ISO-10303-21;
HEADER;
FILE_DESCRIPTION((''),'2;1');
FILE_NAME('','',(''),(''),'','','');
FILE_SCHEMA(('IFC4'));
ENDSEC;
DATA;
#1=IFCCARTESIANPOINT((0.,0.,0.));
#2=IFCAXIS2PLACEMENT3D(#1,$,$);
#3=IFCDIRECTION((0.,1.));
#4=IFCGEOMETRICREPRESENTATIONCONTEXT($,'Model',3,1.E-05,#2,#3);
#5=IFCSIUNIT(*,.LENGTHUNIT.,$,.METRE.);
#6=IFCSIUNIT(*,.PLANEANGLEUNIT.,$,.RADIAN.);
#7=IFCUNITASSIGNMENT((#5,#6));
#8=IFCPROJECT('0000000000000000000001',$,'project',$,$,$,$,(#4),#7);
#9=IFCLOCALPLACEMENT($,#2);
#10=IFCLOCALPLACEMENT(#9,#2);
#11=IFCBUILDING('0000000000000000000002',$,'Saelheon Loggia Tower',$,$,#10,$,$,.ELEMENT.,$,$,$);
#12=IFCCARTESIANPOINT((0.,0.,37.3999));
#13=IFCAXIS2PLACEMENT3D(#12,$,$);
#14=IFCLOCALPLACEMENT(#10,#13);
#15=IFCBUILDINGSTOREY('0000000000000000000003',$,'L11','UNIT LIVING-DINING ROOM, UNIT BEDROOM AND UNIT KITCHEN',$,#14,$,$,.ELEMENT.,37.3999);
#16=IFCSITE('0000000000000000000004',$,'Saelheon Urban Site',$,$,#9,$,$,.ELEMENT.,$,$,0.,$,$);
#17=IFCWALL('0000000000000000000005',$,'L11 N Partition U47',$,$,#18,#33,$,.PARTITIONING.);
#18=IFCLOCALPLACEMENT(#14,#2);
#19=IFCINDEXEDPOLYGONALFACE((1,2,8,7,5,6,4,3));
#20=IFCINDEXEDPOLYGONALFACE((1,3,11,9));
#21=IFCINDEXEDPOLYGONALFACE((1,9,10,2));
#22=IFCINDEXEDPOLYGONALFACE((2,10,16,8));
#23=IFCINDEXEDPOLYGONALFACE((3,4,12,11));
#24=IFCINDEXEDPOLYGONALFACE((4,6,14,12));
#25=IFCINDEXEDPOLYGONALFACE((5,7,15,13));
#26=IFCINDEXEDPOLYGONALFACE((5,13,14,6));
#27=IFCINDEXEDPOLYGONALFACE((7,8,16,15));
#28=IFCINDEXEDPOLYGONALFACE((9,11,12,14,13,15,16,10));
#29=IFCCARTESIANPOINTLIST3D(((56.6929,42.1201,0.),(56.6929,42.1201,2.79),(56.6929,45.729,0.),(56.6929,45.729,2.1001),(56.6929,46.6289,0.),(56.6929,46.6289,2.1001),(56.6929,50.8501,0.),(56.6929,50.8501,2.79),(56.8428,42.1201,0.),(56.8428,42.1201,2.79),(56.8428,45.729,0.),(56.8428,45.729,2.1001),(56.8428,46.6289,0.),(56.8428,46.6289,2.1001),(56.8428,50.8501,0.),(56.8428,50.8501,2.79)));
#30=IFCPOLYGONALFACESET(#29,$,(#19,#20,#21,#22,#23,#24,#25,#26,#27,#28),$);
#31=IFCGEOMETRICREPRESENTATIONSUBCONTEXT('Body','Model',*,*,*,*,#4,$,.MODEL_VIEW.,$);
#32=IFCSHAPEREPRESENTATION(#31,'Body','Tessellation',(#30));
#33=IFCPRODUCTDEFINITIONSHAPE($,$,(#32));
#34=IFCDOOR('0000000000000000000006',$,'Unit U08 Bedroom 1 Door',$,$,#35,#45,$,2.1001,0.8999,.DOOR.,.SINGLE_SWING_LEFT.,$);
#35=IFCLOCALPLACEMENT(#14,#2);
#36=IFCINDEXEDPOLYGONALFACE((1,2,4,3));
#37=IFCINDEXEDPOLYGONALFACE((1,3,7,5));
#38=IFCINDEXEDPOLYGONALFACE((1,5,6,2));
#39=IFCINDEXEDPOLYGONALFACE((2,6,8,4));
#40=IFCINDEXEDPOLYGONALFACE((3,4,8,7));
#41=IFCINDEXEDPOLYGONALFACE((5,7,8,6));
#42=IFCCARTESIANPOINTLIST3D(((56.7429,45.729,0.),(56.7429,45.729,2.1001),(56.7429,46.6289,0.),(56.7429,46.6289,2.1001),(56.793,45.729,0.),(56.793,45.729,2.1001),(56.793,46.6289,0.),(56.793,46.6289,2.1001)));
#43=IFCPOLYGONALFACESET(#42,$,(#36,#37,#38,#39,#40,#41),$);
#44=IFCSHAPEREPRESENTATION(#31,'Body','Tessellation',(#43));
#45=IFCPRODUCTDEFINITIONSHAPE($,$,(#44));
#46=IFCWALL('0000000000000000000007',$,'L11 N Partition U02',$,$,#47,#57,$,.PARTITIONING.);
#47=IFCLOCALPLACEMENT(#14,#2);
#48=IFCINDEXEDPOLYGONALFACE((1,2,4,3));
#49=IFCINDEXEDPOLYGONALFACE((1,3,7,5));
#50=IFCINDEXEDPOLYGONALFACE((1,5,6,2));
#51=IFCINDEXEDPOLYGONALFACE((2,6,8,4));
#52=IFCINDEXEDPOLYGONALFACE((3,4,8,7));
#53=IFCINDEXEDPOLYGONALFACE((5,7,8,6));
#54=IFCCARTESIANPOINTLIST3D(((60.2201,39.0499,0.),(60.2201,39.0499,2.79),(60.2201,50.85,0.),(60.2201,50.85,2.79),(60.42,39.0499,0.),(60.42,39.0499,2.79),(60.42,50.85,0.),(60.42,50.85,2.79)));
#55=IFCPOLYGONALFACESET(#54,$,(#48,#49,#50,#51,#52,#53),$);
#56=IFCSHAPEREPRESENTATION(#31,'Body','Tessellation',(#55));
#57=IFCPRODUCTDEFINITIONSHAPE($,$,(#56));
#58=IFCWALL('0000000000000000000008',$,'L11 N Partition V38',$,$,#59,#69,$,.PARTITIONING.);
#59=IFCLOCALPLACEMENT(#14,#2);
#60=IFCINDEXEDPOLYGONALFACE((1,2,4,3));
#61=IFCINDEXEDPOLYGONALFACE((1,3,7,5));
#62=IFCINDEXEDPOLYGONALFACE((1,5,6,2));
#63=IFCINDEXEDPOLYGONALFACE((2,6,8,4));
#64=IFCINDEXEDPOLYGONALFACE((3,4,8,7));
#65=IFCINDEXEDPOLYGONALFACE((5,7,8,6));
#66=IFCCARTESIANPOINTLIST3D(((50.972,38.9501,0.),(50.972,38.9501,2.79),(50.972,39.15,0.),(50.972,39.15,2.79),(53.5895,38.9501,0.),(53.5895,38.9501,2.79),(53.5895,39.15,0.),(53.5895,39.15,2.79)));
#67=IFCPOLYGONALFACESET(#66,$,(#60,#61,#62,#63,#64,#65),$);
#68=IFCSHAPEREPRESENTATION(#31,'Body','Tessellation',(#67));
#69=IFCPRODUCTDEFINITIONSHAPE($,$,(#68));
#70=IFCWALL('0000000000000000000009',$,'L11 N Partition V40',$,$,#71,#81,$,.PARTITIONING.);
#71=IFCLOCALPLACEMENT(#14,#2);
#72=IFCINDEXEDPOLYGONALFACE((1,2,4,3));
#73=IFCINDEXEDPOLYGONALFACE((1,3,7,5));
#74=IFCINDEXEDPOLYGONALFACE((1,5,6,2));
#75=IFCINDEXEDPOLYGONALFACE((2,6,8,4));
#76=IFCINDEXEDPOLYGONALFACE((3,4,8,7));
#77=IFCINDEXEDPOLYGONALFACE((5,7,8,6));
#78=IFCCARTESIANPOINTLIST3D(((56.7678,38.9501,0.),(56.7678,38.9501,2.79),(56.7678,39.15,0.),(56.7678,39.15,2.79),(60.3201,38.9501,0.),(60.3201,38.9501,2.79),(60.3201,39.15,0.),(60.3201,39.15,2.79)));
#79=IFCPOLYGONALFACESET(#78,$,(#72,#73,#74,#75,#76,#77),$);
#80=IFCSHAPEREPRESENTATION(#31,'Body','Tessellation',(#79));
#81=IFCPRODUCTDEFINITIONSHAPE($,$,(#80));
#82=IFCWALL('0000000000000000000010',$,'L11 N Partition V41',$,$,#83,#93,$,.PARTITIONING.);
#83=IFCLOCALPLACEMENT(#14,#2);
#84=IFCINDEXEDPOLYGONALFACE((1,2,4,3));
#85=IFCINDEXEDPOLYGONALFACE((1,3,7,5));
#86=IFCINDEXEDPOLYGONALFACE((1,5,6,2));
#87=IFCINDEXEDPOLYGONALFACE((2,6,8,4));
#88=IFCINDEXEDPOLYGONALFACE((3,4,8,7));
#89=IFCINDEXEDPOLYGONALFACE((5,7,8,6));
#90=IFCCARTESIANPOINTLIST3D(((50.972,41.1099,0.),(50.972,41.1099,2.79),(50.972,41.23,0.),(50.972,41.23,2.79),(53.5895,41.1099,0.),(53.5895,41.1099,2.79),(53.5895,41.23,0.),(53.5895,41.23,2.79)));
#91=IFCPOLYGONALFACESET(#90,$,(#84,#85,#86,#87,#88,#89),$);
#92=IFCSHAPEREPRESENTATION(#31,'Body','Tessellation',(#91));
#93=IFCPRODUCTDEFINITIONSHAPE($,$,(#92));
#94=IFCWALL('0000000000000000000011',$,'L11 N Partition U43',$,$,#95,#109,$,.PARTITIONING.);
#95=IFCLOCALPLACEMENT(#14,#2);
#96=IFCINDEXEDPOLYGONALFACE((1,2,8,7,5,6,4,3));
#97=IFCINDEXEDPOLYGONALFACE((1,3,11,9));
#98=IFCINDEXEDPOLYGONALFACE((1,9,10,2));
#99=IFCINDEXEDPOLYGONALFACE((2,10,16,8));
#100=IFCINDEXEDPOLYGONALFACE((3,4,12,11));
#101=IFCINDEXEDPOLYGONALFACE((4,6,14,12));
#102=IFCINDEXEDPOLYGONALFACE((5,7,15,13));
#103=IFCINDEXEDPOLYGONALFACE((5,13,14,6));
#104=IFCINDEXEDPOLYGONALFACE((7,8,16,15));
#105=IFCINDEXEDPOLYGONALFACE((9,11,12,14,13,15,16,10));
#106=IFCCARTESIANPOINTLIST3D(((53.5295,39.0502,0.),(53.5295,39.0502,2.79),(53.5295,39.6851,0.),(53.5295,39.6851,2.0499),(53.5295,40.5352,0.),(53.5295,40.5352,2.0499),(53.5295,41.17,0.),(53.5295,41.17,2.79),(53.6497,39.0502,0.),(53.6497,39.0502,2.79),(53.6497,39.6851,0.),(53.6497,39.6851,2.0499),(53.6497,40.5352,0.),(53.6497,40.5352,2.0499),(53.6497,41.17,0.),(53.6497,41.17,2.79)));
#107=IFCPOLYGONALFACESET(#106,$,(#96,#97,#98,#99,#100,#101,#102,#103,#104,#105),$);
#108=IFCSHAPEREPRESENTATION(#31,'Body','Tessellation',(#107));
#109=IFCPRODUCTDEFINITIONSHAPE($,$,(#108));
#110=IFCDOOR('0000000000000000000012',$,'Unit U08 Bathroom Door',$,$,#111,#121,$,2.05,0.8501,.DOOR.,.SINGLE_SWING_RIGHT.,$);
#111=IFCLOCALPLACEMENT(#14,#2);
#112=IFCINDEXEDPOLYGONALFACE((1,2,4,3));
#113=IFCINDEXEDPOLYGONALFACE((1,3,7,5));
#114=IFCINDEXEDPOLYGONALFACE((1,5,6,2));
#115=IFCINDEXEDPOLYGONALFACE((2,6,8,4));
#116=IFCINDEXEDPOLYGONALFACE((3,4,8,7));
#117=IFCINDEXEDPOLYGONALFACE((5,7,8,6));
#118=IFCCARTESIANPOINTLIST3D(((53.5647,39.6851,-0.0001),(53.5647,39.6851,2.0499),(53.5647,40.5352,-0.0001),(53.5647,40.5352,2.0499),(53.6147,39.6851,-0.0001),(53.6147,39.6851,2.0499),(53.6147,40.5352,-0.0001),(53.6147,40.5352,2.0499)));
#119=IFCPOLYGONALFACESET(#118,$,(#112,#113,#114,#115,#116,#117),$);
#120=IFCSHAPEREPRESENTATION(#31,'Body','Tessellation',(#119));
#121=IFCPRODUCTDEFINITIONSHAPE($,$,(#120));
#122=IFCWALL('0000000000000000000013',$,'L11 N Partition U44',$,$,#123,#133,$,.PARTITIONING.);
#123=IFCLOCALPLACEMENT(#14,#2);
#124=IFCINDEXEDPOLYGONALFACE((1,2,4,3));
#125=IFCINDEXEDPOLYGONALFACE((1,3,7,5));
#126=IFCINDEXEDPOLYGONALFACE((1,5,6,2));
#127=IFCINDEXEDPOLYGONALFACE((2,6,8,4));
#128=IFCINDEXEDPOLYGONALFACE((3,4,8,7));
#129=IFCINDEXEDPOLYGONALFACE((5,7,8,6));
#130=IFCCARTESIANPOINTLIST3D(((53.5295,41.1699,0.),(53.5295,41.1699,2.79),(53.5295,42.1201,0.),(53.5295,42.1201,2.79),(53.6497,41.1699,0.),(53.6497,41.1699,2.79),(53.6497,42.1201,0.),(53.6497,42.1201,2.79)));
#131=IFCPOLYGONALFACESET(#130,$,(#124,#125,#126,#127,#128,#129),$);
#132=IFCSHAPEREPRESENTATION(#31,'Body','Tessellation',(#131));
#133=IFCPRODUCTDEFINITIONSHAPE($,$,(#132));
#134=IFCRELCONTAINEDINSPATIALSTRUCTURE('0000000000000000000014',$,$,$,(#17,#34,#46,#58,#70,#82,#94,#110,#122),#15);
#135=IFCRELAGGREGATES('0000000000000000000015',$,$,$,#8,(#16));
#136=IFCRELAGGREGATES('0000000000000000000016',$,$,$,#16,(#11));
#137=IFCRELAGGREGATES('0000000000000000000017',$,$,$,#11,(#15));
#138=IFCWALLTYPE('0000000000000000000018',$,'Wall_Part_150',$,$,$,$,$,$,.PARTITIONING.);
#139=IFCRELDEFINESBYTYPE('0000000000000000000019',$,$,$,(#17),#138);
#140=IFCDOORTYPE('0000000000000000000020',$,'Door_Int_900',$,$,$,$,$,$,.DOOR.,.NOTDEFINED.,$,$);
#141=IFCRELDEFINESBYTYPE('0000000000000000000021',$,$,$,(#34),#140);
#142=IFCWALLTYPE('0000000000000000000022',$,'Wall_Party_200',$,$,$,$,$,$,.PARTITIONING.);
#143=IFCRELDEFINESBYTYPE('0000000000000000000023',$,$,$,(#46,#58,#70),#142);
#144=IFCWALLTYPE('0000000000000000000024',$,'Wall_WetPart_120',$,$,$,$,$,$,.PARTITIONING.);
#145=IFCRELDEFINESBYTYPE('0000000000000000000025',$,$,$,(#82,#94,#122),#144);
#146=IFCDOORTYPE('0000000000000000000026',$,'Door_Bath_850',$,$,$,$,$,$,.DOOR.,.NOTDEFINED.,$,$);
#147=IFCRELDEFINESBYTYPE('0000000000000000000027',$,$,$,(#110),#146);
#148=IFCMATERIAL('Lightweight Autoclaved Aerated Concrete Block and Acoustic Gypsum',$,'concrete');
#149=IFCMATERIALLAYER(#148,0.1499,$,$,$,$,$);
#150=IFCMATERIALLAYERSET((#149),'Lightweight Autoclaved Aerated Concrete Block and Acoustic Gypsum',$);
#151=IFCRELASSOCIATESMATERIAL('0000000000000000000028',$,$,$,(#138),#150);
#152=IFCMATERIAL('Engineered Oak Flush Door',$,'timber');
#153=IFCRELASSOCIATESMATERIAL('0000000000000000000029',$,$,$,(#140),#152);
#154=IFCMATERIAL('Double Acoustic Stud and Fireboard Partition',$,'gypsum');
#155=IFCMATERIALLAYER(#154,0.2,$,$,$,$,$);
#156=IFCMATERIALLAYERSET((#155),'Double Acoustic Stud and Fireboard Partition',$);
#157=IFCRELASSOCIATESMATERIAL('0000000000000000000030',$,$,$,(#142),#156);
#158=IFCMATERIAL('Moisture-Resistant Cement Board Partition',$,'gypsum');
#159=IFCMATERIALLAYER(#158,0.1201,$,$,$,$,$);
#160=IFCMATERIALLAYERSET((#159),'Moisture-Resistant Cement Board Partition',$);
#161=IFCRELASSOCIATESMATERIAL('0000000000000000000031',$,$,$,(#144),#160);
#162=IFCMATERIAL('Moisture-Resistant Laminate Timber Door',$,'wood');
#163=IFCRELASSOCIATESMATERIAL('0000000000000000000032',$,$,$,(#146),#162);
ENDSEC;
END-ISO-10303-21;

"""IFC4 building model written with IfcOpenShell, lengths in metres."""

from ifc_helpers import new_model, si_unit, direction, frame, frame_2d, origin, place, context, subcontext, project, spatial, rectangle, extrude, source, transform, mapped, material, layer, layer_set, type_object, element, fill, save


model = new_model("IFC4")

# Units and contexts
model_context = context("Model", 3, precision=1e-05, world=origin(), true_north=direction((0.0, 1.0)))
body_context = subcontext(model_context, "Body", "Model", "MODEL_VIEW")
ifc_project = project(units=[si_unit("LENGTHUNIT", "METRE"), si_unit("PLANEANGLEUNIT", "RADIAN")], contexts=[model_context])

# Site, building, storey
site_placement = place(None, origin())
site = spatial("IfcSite", under=ifc_project, at=site_placement, Name="Saelheon Urban Site", CompositionType="ELEMENT", RefElevation=0.0)
building_placement = place(site_placement, origin())
building = spatial("IfcBuilding", under=site, at=building_placement, Name="Saelheon Loggia Tower", CompositionType="ELEMENT")
storey_placement = place(building_placement, frame((0.0, 0.0, 37.3999)))
storey = spatial("IfcBuildingStorey", under=building, at=storey_placement, Name="L11", Description="UNIT LIVING-DINING ROOM, UNIT BEDROOM AND UNIT KITCHEN", CompositionType="ELEMENT", Elevation=37.3999)

# Shared definitions
ifc_material_1 = material(Name="Lightweight Autoclaved Aerated Concrete Block and Acoustic Gypsum", Category="concrete")
ifc_layer_1 = layer(ifc_material_1, 0.1499)
ifc_layer_set_1 = layer_set([ifc_layer_1], Name="Lightweight Autoclaved Aerated Concrete Block and Acoustic Gypsum")
wall_type_1 = type_object("IfcWallType", Name="Wall_Part_150", PredefinedType="PARTITIONING", material=ifc_layer_set_1)

# Wall, opening, door
ifc_material_2 = material(Name="Engineered Oak Flush Door", Category="timber")
door_type_1 = type_object("IfcDoorType", Name="Door_Int_900", OperationType="NOTDEFINED", PredefinedType="DOOR", material=ifc_material_2)
shared_shape_1 = source(origin(), body_context, "Body", "SweptSolid", [
    extrude(rectangle(XDim=0.8999, YDim=2.1001, at=frame_2d((0.45, 1.05))), frame((0.0, 0.0249, 0.0), z_axis=(0.0, -1.0, 0.0), x_axis=(1.0, 0.0, 0.0)), (0.0, 0.0, 1.0), 0.05),
])
wall_1_placement = place(storey_placement, frame((56.7678, 42.1201, 0.0), z_axis=(0.0, 0.0, 1.0), x_axis=(0.0, 1.0, 0.0)))
wall_1 = element("IfcWall", 1, at=wall_1_placement, inside=storey, type_object=wall_type_1, Name="L11 N Partition U47", PredefinedType="PARTITIONING", context=body_context, shape_type="SweptSolid", body=[
    extrude(rectangle(XDim=8.73, YDim=0.1499, at=frame_2d((4.365, 0.0))), origin(), (0.0, 0.0, 1.0), 2.79),
])
opening_1_placement = place(wall_1_placement, frame((3.6089, 0.0, 0.0)))
opening_1 = element("IfcOpeningElement", 2, at=opening_1_placement, cuts=wall_1, PredefinedType="OPENING", context=body_context, shape_type="SweptSolid", body=[
    extrude(rectangle(XDim=0.8999, YDim=2.1001, at=frame_2d((0.45, 1.05))), frame((0.0, 0.0869, 0.0), z_axis=(0.0, -1.0, 0.0), x_axis=(1.0, 0.0, 0.0)), (0.0, 0.0, 1.0), 0.1738),
])
door_1_placement = place(opening_1_placement, origin())
door_1 = element("IfcDoor", 3, at=door_1_placement, inside=storey, type_object=door_type_1, Name="Unit U08 Bedroom 1 Door", OperationType="SINGLE_SWING_LEFT", OverallHeight=2.1001, OverallWidth=0.8999, PredefinedType="DOOR", context=body_context, shape_type="MappedRepresentation", body=[
    mapped(shared_shape_1, transform((0.0, 0.0, 0.0), scale=1.0)),
])
fill(opening_1, door_1)

# Walls
ifc_material_3 = material(Name="Double Acoustic Stud and Fireboard Partition", Category="gypsum")
ifc_layer_2 = layer(ifc_material_3, 0.2)
ifc_layer_set_2 = layer_set([ifc_layer_2], Name="Double Acoustic Stud and Fireboard Partition")
wall_type_2 = type_object("IfcWallType", Name="Wall_Party_200", PredefinedType="PARTITIONING", material=ifc_layer_set_2)
wall_2_placement = place(storey_placement, frame((60.3201, 39.05, 0.0), z_axis=(0.0, 0.0, 1.0), x_axis=(0.0, 1.0, 0.0)))
element("IfcWall", 4, at=wall_2_placement, inside=storey, type_object=wall_type_2, Name="L11 N Partition U02", PredefinedType="PARTITIONING", context=body_context, shape_type="SweptSolid", body=[
    extrude(rectangle(XDim=11.8, YDim=0.2, at=frame_2d((5.8999, 0.0))), origin(), (0.0, 0.0, 1.0), 2.79),
])
wall_3_placement = place(storey_placement, frame((50.9722, 39.05, 0.0), z_axis=(0.0, 0.0, 1.0), x_axis=(1.0, 0.0, 0.0)))
element("IfcWall", 5, at=wall_3_placement, inside=storey, type_object=wall_type_2, Name="L11 N Partition V38", PredefinedType="PARTITIONING", context=body_context, shape_type="SweptSolid", body=[
    extrude(rectangle(XDim=2.6174, YDim=0.2, at=frame_2d((1.3086, 0.0))), origin(), (0.0, 0.0, 1.0), 2.79),
])

# Walls
wall_4_placement = place(storey_placement, frame((56.7678, 39.05, 0.0), z_axis=(0.0, 0.0, 1.0), x_axis=(1.0, 0.0, 0.0)))
element("IfcWall", 6, at=wall_4_placement, inside=storey, type_object=wall_type_2, Name="L11 N Partition V40", PredefinedType="PARTITIONING", context=body_context, shape_type="SweptSolid", body=[
    extrude(rectangle(XDim=3.5522, YDim=0.2, at=frame_2d((1.7761, 0.0))), origin(), (0.0, 0.0, 1.0), 2.79),
])
ifc_material_4 = material(Name="Moisture-Resistant Cement Board Partition", Category="gypsum")
ifc_layer_3 = layer(ifc_material_4, 0.1201)
ifc_layer_set_3 = layer_set([ifc_layer_3], Name="Moisture-Resistant Cement Board Partition")
wall_type_3 = type_object("IfcWallType", Name="Wall_WetPart_120", PredefinedType="PARTITIONING", material=ifc_layer_set_3)
wall_5_placement = place(storey_placement, frame((50.9722, 41.1699, 0.0), z_axis=(0.0, 0.0, 1.0), x_axis=(1.0, 0.0, 0.0)))
element("IfcWall", 7, at=wall_5_placement, inside=storey, type_object=wall_type_3, Name="L11 N Partition V41", PredefinedType="PARTITIONING", context=body_context, shape_type="SweptSolid", body=[
    extrude(rectangle(XDim=2.6174, YDim=0.1201, at=frame_2d((1.3086, 0.0))), origin(), (0.0, 0.0, 1.0), 2.79),
])

# Wall, opening, door
wall_6_placement = place(storey_placement, frame((53.5896, 39.05, 0.0), z_axis=(0.0, 0.0, 1.0), x_axis=(0.0, 1.0, 0.0)))
wall_6 = element("IfcWall", 8, at=wall_6_placement, inside=storey, type_object=wall_type_3, Name="L11 N Partition U43", PredefinedType="PARTITIONING", context=body_context, shape_type="SweptSolid", body=[
    extrude(rectangle(XDim=2.1199, YDim=0.1201, at=frame_2d((1.0601, 0.0))), origin(), (0.0, 0.0, 1.0), 2.79),
])
opening_2_placement = place(wall_6_placement, frame((0.635, 0.0, 0.0)))
opening_2 = element("IfcOpeningElement", 9, at=opening_2_placement, cuts=wall_6, PredefinedType="OPENING", context=body_context, shape_type="SweptSolid", body=[
    extrude(rectangle(XDim=0.8501, YDim=2.05, at=frame_2d((0.425, 1.0249))), frame((0.0, 0.072, 0.0), z_axis=(0.0, -1.0, 0.0), x_axis=(1.0, 0.0, 0.0)), (0.0, 0.0, 1.0), 0.144),
])
ifc_material_5 = material(Name="Moisture-Resistant Laminate Timber Door", Category="wood")
door_type_2 = type_object("IfcDoorType", Name="Door_Bath_850", OperationType="NOTDEFINED", PredefinedType="DOOR", material=ifc_material_5)
shared_shape_2 = source(origin(), body_context, "Body", "SweptSolid", [
    extrude(rectangle(XDim=0.8501, YDim=2.05, at=frame_2d((0.425, 1.0249))), frame((0.0, 0.0249, 0.0), z_axis=(0.0, -1.0, 0.0), x_axis=(1.0, 0.0, 0.0)), (0.0, 0.0, 1.0), 0.05),
])
door_2_placement = place(opening_2_placement, origin())
door_2 = element("IfcDoor", 10, at=door_2_placement, inside=storey, type_object=door_type_2, Name="Unit U08 Bathroom Door", OperationType="SINGLE_SWING_RIGHT", OverallHeight=2.05, OverallWidth=0.8501, PredefinedType="DOOR", context=body_context, shape_type="MappedRepresentation", body=[
    mapped(shared_shape_2, transform((0.0, 0.0, 0.0), scale=1.0)),
])
fill(opening_2, door_2)

# Wall
wall_7_placement = place(storey_placement, frame((53.5896, 41.1699, 0.0), z_axis=(0.0, 0.0, 1.0), x_axis=(0.0, 1.0, 0.0)))
element("IfcWall", 11, at=wall_7_placement, inside=storey, type_object=wall_type_3, Name="L11 N Partition U44", PredefinedType="PARTITIONING", context=body_context, shape_type="SweptSolid", body=[
    extrude(rectangle(XDim=0.9502, YDim=0.1201, at=frame_2d((0.4751, 0.0))), origin(), (0.0, 0.0, 1.0), 2.79),
])

save(model, "model.ifc")
